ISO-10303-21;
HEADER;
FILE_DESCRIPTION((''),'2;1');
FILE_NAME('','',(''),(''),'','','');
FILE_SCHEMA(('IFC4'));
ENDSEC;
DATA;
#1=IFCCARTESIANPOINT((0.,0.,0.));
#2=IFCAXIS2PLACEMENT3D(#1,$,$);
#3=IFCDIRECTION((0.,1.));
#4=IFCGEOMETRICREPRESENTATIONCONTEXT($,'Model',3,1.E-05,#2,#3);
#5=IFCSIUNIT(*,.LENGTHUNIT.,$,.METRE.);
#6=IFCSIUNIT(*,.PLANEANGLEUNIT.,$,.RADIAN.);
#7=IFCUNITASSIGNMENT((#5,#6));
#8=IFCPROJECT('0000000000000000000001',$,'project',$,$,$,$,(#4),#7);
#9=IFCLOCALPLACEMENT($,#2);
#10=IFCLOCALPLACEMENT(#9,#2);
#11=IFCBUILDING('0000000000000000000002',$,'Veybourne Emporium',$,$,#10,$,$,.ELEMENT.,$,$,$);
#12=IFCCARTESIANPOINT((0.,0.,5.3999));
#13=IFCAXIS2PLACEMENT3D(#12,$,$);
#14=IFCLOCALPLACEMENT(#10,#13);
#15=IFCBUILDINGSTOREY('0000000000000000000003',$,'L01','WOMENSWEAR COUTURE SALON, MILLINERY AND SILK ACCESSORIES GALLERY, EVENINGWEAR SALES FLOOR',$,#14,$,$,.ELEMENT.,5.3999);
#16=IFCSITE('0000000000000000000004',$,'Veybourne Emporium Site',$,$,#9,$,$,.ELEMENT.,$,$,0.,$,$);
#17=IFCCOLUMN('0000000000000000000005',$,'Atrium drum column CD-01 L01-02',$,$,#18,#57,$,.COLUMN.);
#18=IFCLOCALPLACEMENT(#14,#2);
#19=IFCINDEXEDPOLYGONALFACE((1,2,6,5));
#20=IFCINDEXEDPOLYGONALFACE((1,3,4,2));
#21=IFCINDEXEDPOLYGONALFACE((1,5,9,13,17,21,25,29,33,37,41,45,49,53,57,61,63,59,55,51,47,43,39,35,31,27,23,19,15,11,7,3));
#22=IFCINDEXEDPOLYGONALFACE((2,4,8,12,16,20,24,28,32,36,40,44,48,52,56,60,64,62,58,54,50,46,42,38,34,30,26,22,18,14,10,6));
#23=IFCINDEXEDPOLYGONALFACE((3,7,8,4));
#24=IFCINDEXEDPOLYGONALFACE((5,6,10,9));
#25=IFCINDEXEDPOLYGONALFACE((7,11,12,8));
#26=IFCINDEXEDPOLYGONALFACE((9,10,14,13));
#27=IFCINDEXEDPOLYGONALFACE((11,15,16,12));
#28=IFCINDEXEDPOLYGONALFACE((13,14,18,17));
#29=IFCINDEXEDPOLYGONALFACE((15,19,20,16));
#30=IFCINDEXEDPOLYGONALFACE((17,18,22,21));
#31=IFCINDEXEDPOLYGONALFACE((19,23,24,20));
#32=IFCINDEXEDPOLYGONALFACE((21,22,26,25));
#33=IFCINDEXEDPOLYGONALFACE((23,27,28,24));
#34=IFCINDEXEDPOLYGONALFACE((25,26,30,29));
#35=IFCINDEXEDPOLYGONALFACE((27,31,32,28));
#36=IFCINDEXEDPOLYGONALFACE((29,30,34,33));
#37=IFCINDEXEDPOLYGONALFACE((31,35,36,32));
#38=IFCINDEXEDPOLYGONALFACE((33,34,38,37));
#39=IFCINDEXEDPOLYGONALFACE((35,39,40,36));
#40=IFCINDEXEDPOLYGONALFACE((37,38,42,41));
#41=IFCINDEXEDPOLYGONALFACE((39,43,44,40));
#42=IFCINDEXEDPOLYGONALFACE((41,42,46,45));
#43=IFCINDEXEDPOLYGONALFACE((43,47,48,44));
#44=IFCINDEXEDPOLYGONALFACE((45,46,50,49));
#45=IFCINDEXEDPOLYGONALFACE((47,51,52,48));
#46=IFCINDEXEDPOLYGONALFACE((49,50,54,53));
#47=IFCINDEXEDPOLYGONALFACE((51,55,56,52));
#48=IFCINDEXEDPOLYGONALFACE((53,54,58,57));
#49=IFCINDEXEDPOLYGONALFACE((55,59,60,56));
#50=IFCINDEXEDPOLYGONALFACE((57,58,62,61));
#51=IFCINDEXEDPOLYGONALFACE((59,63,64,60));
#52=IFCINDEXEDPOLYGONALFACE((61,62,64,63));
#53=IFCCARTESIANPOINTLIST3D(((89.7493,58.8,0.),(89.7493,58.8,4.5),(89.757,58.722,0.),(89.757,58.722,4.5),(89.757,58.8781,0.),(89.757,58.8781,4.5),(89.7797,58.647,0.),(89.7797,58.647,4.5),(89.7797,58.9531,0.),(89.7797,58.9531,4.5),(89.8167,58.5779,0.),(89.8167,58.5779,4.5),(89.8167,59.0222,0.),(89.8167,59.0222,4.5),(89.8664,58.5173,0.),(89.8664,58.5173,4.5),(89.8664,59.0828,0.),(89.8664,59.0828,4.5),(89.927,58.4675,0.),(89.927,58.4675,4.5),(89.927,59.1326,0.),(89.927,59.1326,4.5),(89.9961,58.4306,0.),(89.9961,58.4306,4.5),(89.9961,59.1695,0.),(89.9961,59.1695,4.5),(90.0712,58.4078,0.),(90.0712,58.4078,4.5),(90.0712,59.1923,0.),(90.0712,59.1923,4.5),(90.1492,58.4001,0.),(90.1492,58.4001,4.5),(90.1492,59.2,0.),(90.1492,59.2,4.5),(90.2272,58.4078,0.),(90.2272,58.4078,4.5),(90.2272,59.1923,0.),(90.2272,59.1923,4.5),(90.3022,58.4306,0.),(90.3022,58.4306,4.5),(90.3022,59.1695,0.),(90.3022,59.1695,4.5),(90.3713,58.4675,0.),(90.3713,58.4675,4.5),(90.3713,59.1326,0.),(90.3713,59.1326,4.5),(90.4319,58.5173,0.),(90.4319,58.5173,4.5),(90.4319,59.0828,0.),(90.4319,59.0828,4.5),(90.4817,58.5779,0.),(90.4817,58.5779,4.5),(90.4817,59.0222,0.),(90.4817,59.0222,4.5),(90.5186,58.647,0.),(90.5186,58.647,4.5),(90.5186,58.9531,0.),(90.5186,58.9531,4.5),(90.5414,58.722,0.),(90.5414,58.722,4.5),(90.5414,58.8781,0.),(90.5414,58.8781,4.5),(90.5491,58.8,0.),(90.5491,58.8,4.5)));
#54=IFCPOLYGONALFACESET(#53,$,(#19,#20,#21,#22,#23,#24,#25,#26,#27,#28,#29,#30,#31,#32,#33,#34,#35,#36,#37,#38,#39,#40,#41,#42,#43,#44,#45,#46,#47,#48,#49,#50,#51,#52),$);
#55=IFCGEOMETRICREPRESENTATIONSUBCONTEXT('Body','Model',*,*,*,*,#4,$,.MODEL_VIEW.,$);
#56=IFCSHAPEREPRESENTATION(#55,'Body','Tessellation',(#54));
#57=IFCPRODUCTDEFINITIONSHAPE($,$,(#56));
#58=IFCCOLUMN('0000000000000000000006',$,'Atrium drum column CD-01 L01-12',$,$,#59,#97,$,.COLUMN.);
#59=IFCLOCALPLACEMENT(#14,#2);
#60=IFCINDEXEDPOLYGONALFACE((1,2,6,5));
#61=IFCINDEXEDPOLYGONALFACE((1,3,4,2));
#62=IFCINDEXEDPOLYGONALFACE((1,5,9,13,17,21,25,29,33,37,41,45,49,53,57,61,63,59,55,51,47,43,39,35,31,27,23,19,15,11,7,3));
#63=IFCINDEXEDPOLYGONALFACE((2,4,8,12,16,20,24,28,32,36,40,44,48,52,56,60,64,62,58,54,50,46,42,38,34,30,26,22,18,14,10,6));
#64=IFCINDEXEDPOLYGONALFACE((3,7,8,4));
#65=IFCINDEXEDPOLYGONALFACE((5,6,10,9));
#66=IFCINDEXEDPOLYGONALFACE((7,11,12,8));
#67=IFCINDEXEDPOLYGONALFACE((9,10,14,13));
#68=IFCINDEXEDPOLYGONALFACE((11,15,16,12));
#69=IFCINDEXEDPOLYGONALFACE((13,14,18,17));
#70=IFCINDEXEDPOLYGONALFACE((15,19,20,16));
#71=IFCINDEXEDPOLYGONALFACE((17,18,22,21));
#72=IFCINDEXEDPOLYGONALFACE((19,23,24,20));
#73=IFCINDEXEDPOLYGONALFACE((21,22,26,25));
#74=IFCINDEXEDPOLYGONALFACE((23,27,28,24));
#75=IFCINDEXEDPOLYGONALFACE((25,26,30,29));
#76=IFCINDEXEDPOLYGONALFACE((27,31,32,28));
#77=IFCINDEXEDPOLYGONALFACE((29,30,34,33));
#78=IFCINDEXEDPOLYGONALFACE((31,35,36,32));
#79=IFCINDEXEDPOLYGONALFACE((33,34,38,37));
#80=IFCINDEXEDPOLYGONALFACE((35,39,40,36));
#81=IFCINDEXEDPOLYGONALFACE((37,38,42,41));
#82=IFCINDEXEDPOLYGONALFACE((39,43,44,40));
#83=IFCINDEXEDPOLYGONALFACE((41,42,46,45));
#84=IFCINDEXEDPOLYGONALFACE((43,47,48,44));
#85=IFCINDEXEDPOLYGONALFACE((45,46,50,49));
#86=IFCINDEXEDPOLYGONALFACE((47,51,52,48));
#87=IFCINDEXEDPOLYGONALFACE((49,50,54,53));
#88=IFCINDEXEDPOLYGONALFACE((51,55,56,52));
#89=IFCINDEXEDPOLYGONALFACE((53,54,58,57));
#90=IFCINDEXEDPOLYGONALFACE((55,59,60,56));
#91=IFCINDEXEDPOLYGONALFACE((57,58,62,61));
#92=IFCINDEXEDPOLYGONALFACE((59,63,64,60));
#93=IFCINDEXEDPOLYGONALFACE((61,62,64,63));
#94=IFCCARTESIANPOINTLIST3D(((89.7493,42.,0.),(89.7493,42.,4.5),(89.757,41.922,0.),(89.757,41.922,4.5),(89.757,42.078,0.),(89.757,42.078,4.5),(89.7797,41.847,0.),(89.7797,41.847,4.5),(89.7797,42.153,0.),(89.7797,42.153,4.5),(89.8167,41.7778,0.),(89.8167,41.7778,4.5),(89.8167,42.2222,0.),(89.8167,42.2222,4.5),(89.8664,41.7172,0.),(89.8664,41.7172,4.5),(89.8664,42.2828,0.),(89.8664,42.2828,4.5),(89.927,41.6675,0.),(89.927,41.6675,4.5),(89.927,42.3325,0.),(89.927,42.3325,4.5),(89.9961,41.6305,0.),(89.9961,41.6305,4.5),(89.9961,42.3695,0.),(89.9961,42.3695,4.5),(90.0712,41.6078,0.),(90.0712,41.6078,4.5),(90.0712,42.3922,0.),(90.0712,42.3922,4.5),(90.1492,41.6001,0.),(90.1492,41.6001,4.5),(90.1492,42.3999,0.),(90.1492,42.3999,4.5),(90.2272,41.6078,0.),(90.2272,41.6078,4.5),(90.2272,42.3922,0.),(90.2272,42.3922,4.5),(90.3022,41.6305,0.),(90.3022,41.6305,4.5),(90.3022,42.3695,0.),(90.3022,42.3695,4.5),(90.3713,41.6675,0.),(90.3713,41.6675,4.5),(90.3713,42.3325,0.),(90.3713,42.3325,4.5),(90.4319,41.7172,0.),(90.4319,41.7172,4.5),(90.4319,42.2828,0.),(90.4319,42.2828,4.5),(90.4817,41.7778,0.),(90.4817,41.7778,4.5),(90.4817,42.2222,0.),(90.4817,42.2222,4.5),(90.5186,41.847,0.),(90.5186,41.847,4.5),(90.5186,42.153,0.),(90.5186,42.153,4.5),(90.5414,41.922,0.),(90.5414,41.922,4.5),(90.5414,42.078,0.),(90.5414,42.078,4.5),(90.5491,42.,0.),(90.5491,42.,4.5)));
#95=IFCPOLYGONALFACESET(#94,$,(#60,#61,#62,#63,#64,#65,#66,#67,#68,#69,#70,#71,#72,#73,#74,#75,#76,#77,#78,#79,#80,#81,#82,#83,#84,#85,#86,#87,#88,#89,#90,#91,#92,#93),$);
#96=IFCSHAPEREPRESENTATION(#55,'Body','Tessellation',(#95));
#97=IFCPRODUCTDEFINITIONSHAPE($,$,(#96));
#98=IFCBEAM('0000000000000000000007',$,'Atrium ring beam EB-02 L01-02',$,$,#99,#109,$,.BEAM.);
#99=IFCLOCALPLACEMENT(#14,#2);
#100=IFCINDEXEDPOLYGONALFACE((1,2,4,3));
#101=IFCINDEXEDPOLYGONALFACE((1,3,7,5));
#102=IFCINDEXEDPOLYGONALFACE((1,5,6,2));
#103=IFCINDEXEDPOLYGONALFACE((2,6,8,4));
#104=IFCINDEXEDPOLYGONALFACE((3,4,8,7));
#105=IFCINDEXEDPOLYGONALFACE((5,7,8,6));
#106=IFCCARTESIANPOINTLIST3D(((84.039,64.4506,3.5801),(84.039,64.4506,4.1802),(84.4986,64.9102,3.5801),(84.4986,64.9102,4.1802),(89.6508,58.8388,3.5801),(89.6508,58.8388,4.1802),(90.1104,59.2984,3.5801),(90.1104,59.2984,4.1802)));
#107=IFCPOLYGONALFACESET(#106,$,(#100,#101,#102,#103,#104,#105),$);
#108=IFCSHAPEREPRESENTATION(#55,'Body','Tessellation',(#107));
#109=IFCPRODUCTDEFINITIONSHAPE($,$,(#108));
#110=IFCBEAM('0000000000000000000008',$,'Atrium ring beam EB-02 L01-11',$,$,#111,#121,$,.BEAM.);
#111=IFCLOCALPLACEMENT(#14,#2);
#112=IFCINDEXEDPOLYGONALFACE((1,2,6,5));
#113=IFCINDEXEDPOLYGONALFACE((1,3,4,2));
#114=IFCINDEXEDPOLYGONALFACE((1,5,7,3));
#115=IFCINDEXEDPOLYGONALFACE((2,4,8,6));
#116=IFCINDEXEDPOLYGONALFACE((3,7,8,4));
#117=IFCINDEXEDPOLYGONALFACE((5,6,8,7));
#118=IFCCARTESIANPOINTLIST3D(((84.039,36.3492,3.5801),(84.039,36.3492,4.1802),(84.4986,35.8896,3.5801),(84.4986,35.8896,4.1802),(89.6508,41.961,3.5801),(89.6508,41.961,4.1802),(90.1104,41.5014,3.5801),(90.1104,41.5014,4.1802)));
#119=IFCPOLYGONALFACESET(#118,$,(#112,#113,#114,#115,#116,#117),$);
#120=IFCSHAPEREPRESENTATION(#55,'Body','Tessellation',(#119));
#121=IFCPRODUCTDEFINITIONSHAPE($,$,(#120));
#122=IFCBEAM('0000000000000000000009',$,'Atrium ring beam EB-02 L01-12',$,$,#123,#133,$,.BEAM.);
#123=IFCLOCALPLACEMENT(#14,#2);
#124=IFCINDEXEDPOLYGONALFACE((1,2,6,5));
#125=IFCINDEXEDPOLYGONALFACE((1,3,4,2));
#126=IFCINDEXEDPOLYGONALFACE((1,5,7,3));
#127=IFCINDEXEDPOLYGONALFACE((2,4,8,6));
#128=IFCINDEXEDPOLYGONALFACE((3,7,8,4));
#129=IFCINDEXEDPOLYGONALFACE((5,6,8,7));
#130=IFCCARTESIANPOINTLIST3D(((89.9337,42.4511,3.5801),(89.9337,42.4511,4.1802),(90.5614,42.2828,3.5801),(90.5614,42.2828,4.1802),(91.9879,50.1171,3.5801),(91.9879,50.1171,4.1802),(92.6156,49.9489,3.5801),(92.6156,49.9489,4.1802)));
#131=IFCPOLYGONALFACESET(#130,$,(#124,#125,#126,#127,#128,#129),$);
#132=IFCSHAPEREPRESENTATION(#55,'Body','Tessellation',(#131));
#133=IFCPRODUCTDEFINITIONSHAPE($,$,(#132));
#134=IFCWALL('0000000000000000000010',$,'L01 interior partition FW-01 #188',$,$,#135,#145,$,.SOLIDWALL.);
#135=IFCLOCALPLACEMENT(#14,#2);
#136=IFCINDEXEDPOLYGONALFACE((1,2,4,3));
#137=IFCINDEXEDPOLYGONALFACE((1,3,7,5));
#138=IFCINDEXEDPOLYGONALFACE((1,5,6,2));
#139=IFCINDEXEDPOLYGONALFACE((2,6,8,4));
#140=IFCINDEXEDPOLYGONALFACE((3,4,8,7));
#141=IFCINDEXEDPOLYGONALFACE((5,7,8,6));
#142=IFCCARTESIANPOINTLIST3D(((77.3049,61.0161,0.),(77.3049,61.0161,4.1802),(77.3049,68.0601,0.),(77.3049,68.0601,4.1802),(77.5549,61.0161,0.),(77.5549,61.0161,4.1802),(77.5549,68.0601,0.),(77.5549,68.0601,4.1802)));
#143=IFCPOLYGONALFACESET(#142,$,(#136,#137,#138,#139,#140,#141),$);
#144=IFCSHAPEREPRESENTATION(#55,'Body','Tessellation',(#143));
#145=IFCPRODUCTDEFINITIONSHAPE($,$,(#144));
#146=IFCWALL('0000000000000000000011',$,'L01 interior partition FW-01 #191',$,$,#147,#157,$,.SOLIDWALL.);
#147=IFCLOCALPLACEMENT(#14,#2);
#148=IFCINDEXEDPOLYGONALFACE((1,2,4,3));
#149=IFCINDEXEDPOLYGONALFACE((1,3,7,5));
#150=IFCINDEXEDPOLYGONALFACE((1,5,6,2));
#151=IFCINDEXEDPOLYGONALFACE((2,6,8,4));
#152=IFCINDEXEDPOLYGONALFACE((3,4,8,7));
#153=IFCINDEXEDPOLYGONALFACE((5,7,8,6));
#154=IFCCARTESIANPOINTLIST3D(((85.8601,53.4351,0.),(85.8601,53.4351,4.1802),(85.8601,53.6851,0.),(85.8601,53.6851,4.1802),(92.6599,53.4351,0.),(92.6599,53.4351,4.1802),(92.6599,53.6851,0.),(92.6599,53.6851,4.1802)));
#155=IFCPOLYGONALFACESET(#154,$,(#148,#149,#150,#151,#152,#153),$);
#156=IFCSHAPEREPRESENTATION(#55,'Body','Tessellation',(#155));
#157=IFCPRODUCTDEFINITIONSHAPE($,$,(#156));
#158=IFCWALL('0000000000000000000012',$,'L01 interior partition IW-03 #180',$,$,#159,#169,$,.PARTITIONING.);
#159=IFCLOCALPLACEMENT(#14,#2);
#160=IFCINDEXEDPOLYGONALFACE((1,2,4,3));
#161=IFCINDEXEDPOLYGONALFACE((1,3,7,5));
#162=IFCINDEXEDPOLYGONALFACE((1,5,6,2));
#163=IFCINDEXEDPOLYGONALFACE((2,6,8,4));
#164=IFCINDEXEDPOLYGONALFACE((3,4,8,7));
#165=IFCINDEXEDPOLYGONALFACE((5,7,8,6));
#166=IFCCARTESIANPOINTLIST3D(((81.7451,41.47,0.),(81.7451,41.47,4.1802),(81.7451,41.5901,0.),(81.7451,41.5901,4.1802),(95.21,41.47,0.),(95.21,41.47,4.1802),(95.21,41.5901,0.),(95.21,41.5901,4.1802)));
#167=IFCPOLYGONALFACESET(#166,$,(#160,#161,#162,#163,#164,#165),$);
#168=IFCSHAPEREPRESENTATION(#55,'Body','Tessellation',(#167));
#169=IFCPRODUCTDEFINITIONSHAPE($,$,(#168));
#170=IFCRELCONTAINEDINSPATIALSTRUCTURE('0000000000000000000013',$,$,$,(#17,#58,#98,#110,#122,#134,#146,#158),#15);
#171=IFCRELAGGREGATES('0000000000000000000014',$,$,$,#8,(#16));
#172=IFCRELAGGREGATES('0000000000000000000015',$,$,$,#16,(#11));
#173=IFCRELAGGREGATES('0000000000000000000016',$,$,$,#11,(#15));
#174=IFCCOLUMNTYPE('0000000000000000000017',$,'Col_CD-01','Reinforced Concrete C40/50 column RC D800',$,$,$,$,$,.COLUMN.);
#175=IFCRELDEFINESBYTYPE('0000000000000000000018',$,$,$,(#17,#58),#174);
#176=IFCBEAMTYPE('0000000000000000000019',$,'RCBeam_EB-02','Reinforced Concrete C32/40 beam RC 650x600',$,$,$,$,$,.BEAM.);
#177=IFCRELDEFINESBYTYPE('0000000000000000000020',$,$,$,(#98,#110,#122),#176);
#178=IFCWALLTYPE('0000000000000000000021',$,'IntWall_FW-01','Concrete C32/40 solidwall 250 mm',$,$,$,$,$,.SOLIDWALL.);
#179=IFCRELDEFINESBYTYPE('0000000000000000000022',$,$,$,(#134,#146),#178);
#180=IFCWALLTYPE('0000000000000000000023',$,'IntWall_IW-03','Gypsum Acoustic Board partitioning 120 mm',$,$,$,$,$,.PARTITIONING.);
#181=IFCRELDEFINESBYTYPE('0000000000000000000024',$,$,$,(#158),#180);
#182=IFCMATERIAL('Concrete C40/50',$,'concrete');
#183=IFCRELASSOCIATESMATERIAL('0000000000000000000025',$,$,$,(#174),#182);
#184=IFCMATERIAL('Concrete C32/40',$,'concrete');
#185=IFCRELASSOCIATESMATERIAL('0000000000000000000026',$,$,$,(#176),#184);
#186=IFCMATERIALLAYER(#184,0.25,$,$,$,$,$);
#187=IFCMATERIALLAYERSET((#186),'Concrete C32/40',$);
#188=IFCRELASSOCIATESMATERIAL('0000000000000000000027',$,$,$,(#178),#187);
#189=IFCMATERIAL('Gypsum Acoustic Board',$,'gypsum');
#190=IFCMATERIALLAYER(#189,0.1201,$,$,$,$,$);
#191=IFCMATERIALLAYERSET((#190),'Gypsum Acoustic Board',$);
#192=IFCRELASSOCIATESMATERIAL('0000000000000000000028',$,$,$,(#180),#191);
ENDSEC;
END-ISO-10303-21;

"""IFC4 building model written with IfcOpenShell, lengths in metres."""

from ifc_helpers import new_model, si_unit, direction, frame, frame_2d, origin, origin_2d, place, context, subcontext, project, spatial, rectangle, circle, extrude, material, layer, layer_set, material_profile, profile_set, type_object, element, save


model = new_model("IFC4")

# Units and contexts
model_context = context("Model", 3, precision=1e-05, world=origin(), true_north=direction((0.0, 1.0)))
body_context = subcontext(model_context, "Body", "Model", "MODEL_VIEW")
ifc_project = project(units=[si_unit("LENGTHUNIT", "METRE"), si_unit("PLANEANGLEUNIT", "RADIAN")], contexts=[model_context])

# Site, building, storey
site_placement = place(None, origin())
site = spatial("IfcSite", under=ifc_project, at=site_placement, Name="Veybourne Emporium Site", CompositionType="ELEMENT", RefElevation=0.0)
building_placement = place(site_placement, origin())
building = spatial("IfcBuilding", under=site, at=building_placement, Name="Veybourne Emporium", CompositionType="ELEMENT")
storey_placement = place(building_placement, frame((0.0, 0.0, 5.3999)))
storey = spatial("IfcBuildingStorey", under=building, at=storey_placement, Name="L01", Description="WOMENSWEAR COUTURE SALON, MILLINERY AND SILK ACCESSORIES GALLERY, EVENINGWEAR SALES FLOOR", CompositionType="ELEMENT", Elevation=5.3999)

# Columns
ifc_material_1 = material(Name="Concrete C40/50", Category="concrete")
ifc_material_profile_1 = material_profile(ifc_material_1, circle(Radius=0.3999, at=origin_2d()), Name="RC D800")
ifc_profile_set_1 = profile_set([ifc_material_profile_1], Name="Concrete C40/50")
column_type = type_object("IfcColumnType", Name="Col_CD-01", Description="Reinforced Concrete C40/50 column RC D800", PredefinedType="COLUMN", material=ifc_profile_set_1)
for number, where, z_axis, x_axis, name in (
    (1, (90.1492, 58.8, 0.0), (0.0, 0.0, 1.0), (1.0, 0.0, 0.0), "Atrium drum column CD-01 L01-02"),
    (2, (90.1492, 42.0, 0.0), (0.0, 0.0, 1.0), (1.0, 0.0, 0.0), "Atrium drum column CD-01 L01-12"),
):
    element("IfcColumn", number, at=place(storey_placement, frame(where, z_axis=z_axis, x_axis=x_axis)), inside=storey, type_object=column_type, Name=name, PredefinedType="COLUMN", context=body_context, shape_type="SweptSolid", body=[
        extrude(circle(Radius=0.3999, at=origin_2d()), origin(), (0.0, 0.0, 1.0), 4.5),
    ])

# Beams
ifc_material_2 = material(Name="Concrete C32/40", Category="concrete")
ifc_material_profile_2 = material_profile(ifc_material_2, rectangle(XDim=0.6499, YDim=0.6001, at=origin_2d()), Name="RC 650x600")
ifc_profile_set_2 = profile_set([ifc_material_profile_2], Name="Concrete C32/40")
beam_type = type_object("IfcBeamType", Name="RCBeam_EB-02", Description="Reinforced Concrete C32/40 beam RC 650x600", PredefinedType="BEAM", material=ifc_profile_set_2)
for number, where, z_axis, x_axis, name in (
    (3, (89.8806, 59.0686, 3.8801), (-0.707107, 0.707107, 0.0), (-0.707107, -0.707107, 0.0), "Atrium ring beam EB-02 L01-02"),
    (4, (84.2688, 36.1194, 3.8801), (0.707107, 0.707107, 0.0), (-0.707107, 0.707107, 0.0), "Atrium ring beam EB-02 L01-11"),
):
    element("IfcBeam", number, at=place(storey_placement, frame(where, z_axis=z_axis, x_axis=x_axis)), inside=storey, type_object=beam_type, Name=name, PredefinedType="BEAM", context=body_context, shape_type="SweptSolid", body=[
        extrude(rectangle(XDim=0.6499, YDim=0.6001, at=origin_2d()), origin(), (0.0, 0.0, 1.0), 7.9363),
    ])
beam_placement = place(storey_placement, frame((90.2476, 42.3669, 3.8801), z_axis=(0.25883, 0.965923, 0.0), x_axis=(-0.965923, 0.25883, 0.0)))
element("IfcBeam", 5, at=beam_placement, inside=storey, type_object=beam_type, Name="Atrium ring beam EB-02 L01-12", PredefinedType="BEAM", context=body_context, shape_type="SweptSolid", body=[
    extrude(rectangle(XDim=0.6499, YDim=0.6001, at=origin_2d()), origin(), (0.0, 0.0, 1.0), 7.9365),
])

# Walls
ifc_layer_1 = layer(ifc_material_2, 0.25)
ifc_layer_set_1 = layer_set([ifc_layer_1], Name="Concrete C32/40")
wall_type_1 = type_object("IfcWallType", Name="IntWall_FW-01", Description="Concrete C32/40 solidwall 250 mm", PredefinedType="SOLIDWALL", material=ifc_layer_set_1)
wall_1_placement = place(storey_placement, frame((77.4299, 61.0161, 0.0), z_axis=(0.0, 0.0, 1.0), x_axis=(0.0, 1.0, 0.0)))
element("IfcWall", 6, at=wall_1_placement, inside=storey, type_object=wall_type_1, Name="L01 interior partition FW-01 #188", PredefinedType="SOLIDWALL", context=body_context, shape_type="SweptSolid", body=[
    extrude(rectangle(XDim=7.0439, YDim=0.25, at=frame_2d((3.522, 0.0))), origin(), (0.0, 0.0, 1.0), 4.1802),
])
wall_2_placement = place(storey_placement, frame((85.8601, 53.5601, 0.0), z_axis=(0.0, 0.0, 1.0), x_axis=(1.0, 0.0, 0.0)))
element("IfcWall", 7, at=wall_2_placement, inside=storey, type_object=wall_type_1, Name="L01 interior partition FW-01 #191", PredefinedType="SOLIDWALL", context=body_context, shape_type="SweptSolid", body=[
    extrude(rectangle(XDim=6.7998, YDim=0.25, at=frame_2d((3.3999, 0.0))), origin(), (0.0, 0.0, 1.0), 4.1802),
])
ifc_material_3 = material(Name="Gypsum Acoustic Board", Category="gypsum")
ifc_layer_2 = layer(ifc_material_3, 0.1201)
ifc_layer_set_2 = layer_set([ifc_layer_2], Name="Gypsum Acoustic Board")
wall_type_2 = type_object("IfcWallType", Name="IntWall_IW-03", Description="Gypsum Acoustic Board partitioning 120 mm", PredefinedType="PARTITIONING", material=ifc_layer_set_2)
wall_3_placement = place(storey_placement, frame((81.7451, 41.53, 0.0), z_axis=(0.0, 0.0, 1.0), x_axis=(1.0, 0.0, 0.0)))
element("IfcWall", 8, at=wall_3_placement, inside=storey, type_object=wall_type_2, Name="L01 interior partition IW-03 #180", PredefinedType="PARTITIONING", context=body_context, shape_type="SweptSolid", body=[
    extrude(rectangle(XDim=13.4648, YDim=0.1201, at=frame_2d((6.7324, 0.0))), origin(), (0.0, 0.0, 1.0), 4.1802),
])

save(model, "model.ifc")
